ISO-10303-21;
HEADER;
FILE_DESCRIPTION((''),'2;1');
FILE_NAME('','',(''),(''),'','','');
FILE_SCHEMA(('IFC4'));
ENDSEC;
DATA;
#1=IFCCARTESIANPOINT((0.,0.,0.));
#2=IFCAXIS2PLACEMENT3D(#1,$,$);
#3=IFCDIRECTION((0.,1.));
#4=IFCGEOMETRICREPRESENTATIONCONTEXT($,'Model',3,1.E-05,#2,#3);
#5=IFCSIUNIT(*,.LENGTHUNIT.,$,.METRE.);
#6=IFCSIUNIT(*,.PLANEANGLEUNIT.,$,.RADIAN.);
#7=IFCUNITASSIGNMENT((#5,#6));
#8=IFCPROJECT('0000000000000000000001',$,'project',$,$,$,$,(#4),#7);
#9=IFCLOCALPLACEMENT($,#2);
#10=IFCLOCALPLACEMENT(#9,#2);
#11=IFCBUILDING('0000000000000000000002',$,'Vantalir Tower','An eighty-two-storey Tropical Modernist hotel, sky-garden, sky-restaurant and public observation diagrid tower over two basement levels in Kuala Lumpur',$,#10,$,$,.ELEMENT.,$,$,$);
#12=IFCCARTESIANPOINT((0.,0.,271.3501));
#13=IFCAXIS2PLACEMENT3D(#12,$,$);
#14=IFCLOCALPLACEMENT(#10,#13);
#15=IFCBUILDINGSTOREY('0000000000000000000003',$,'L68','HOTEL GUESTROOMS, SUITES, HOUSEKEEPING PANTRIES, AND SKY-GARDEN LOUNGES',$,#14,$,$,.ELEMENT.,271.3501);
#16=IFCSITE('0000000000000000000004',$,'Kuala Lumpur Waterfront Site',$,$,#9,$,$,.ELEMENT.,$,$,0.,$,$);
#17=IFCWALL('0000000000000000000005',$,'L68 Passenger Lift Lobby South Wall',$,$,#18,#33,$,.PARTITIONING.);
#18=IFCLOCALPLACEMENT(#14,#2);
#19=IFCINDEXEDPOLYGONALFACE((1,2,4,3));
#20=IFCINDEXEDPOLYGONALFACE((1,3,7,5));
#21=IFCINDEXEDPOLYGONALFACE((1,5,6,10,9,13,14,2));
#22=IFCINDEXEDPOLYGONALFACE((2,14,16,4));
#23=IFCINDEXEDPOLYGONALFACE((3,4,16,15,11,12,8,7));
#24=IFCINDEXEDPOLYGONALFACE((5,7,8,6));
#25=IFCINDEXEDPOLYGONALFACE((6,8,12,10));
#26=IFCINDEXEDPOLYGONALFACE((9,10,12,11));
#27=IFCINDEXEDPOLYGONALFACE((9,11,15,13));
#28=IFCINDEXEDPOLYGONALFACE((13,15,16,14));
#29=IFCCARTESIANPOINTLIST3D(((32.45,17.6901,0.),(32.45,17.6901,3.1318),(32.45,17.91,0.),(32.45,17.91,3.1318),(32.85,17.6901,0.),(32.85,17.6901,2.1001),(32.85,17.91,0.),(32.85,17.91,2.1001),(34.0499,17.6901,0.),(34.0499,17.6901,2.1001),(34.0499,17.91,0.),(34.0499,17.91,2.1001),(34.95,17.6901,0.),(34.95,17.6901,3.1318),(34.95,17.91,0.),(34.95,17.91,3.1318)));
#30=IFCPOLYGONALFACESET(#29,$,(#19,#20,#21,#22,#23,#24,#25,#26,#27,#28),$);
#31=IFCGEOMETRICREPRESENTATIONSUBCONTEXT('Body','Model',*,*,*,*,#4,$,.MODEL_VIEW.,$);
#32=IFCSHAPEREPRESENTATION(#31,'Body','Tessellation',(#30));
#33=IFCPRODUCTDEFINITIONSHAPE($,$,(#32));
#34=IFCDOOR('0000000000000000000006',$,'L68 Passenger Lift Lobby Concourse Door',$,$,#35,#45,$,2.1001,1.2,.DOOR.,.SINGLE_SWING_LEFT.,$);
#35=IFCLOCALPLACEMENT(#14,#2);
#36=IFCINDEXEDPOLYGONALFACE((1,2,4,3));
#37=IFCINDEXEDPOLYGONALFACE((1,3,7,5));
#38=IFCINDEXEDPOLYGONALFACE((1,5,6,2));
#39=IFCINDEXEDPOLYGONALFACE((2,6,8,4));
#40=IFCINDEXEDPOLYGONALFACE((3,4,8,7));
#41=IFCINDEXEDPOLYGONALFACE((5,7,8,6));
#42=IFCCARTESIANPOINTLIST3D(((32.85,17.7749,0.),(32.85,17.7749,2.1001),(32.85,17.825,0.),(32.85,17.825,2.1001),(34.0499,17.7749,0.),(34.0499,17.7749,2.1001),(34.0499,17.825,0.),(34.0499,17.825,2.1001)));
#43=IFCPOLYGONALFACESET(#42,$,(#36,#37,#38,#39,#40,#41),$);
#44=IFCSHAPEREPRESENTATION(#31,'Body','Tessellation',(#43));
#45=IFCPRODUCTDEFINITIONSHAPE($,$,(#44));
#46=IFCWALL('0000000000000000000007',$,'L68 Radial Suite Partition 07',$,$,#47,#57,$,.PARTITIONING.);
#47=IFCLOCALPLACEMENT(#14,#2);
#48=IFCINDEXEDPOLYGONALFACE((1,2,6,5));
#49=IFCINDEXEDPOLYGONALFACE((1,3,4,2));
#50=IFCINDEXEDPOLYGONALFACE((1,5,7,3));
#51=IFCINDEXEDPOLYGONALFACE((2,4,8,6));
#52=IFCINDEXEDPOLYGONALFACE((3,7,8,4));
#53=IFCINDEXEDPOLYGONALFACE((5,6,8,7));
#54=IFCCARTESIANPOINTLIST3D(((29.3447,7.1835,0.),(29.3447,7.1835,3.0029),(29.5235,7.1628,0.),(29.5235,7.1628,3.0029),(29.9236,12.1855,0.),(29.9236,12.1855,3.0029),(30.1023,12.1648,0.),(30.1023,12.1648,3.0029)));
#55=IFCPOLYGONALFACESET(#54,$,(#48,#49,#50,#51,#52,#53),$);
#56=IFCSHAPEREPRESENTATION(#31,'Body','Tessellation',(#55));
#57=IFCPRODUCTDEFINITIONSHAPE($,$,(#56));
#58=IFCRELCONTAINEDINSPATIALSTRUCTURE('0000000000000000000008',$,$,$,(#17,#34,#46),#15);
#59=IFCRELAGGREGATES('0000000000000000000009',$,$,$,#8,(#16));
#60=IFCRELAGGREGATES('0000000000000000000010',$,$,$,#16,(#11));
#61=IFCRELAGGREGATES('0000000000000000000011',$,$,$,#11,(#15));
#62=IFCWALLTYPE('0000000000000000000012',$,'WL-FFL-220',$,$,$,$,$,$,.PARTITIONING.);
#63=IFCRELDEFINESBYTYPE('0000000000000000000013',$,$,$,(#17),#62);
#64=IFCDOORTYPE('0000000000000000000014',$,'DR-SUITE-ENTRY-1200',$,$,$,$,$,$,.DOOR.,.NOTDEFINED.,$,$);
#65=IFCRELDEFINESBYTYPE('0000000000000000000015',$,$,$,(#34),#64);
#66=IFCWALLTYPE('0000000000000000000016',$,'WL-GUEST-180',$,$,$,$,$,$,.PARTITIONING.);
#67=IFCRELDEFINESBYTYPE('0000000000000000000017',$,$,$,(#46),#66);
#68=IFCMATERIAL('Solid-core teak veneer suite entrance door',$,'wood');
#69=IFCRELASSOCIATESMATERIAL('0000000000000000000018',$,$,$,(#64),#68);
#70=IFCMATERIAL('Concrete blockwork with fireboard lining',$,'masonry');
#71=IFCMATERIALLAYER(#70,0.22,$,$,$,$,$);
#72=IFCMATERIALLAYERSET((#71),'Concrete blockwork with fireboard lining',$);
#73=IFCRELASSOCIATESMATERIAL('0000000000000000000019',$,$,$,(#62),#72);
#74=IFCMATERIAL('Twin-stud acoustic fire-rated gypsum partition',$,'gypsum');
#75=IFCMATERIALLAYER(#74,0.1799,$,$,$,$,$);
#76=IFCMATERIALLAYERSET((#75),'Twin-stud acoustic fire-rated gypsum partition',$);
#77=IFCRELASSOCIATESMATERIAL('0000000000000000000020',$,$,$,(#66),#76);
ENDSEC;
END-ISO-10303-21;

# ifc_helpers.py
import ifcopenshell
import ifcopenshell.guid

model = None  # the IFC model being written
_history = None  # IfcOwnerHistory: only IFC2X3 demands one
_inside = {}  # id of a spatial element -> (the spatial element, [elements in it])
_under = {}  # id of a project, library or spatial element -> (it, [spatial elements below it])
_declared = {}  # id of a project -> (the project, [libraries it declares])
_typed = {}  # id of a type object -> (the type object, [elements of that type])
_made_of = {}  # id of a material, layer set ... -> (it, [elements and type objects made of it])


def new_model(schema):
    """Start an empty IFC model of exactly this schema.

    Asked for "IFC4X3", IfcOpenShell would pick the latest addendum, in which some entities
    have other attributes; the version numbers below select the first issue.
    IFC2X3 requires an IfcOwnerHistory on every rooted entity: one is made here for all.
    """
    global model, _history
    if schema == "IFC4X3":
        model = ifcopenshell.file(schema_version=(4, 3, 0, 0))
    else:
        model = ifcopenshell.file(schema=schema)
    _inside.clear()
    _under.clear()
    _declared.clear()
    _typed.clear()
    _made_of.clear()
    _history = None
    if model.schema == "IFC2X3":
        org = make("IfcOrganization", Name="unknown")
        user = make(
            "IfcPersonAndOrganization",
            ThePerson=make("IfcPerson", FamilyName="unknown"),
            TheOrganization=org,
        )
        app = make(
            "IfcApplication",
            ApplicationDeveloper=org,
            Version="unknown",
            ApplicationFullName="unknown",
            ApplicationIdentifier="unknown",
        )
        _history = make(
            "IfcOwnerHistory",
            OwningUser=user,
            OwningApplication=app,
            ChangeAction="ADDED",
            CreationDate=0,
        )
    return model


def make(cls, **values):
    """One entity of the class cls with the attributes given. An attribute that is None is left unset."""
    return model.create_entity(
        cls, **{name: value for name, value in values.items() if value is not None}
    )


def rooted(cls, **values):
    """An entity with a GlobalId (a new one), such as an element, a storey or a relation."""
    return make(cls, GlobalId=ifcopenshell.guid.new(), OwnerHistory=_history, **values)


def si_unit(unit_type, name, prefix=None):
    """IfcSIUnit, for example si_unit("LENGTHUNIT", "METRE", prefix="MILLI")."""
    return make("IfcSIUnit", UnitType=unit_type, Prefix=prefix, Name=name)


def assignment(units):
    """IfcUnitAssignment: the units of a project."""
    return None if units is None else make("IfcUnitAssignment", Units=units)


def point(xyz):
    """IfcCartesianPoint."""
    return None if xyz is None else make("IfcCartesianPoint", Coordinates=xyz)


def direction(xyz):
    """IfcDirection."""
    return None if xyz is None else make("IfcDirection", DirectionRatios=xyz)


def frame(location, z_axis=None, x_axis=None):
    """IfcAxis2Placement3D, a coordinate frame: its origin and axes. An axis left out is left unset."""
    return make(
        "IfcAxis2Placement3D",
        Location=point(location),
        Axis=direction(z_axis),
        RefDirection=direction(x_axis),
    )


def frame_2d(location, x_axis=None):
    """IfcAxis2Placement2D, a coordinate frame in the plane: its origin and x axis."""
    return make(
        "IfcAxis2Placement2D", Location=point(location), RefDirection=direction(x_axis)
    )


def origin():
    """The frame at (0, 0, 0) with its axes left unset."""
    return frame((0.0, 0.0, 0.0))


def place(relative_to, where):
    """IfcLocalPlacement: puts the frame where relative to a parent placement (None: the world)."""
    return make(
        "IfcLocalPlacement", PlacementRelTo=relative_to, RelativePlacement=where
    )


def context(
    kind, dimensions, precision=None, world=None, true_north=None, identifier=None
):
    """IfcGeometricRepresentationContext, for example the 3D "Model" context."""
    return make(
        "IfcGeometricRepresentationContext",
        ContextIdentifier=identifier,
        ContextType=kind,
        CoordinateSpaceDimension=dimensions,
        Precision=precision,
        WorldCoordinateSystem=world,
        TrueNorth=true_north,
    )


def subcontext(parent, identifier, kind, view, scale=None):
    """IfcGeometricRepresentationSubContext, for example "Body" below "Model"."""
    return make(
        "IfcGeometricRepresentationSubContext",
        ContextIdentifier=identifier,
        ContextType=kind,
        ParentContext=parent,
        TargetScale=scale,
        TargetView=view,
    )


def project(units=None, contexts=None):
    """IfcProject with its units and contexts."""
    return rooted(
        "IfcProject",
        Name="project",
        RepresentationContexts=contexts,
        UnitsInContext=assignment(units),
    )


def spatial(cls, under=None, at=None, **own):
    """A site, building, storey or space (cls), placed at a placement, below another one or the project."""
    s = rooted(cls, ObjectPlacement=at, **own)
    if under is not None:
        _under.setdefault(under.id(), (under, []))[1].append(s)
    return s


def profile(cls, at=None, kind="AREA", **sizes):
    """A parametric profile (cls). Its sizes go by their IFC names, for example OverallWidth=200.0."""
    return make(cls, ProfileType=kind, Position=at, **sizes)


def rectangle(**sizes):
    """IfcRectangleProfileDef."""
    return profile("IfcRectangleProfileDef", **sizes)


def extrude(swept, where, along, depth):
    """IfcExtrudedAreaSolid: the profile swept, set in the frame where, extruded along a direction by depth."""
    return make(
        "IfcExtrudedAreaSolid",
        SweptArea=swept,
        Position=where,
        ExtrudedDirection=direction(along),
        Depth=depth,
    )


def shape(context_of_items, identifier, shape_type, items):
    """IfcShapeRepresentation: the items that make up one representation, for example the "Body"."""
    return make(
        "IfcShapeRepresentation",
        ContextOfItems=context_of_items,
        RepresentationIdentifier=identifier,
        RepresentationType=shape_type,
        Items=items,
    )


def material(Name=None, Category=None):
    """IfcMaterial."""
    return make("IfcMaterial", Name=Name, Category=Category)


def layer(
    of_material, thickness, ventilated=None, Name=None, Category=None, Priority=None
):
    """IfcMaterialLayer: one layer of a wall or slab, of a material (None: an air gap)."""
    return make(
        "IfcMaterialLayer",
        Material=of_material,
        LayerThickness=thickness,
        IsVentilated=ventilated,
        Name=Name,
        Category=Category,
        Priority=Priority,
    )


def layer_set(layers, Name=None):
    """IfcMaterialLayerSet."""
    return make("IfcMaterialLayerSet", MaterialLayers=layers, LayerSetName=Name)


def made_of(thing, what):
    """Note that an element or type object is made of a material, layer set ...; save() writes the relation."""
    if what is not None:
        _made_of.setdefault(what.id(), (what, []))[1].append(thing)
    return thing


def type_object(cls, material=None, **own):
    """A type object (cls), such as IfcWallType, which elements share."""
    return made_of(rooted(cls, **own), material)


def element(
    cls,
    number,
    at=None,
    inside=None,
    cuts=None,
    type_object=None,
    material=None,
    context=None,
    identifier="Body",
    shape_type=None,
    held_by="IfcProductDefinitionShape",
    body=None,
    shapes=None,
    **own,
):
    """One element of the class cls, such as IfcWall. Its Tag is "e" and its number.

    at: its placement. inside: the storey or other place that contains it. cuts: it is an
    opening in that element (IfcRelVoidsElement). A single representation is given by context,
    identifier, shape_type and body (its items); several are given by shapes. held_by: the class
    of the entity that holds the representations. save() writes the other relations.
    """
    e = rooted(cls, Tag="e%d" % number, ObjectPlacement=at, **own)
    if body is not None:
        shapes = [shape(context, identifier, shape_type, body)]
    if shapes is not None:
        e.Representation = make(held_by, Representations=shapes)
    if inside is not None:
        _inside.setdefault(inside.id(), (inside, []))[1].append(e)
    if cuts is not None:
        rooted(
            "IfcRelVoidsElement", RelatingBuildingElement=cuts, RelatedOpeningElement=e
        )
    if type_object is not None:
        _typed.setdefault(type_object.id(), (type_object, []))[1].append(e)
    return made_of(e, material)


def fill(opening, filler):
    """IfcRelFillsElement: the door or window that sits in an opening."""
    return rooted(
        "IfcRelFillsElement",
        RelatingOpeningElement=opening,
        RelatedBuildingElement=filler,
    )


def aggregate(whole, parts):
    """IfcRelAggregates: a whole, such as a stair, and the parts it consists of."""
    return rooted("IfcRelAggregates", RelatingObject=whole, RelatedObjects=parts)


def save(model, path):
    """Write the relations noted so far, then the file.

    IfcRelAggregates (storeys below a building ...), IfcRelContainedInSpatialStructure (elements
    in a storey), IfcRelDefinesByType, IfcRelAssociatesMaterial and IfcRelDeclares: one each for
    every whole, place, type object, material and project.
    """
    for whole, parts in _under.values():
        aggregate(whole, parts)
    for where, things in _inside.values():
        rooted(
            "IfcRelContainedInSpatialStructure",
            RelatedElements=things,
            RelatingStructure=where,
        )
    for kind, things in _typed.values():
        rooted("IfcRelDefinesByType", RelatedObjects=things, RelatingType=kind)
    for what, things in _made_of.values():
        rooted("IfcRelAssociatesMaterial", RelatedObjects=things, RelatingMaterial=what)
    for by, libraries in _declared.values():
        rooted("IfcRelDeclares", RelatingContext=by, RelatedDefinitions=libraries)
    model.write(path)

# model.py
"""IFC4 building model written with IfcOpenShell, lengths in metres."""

from ifc_helpers import new_model, si_unit, direction, frame, frame_2d, origin, place, context, subcontext, project, spatial, rectangle, extrude, material, layer, layer_set, type_object, element, fill, save


model = new_model("IFC4")

# Units and contexts
model_context = context("Model", 3, precision=1e-05, world=origin(), true_north=direction((0.0, 1.0)))
body_context = subcontext(model_context, "Body", "Model", "MODEL_VIEW")
ifc_project = project(units=[si_unit("LENGTHUNIT", "METRE"), si_unit("PLANEANGLEUNIT", "RADIAN")], contexts=[model_context])

# Site, building, storey
site_placement = place(None, origin())
site = spatial("IfcSite", under=ifc_project, at=site_placement, Name="Kuala Lumpur Waterfront Site", CompositionType="ELEMENT", RefElevation=0.0)
building_placement = place(site_placement, origin())
building = spatial("IfcBuilding", under=site, at=building_placement, Name="Vantalir Tower", Description="An eighty-two-storey Tropical Modernist hotel, sky-garden, sky-restaurant and public observation diagrid tower over two basement levels in Kuala Lumpur", CompositionType="ELEMENT")
storey_placement = place(building_placement, frame((0.0, 0.0, 271.3501)))
storey = spatial("IfcBuildingStorey", under=building, at=storey_placement, Name="L68", Description="HOTEL GUESTROOMS, SUITES, HOUSEKEEPING PANTRIES, AND SKY-GARDEN LOUNGES", CompositionType="ELEMENT", Elevation=271.3501)

# Wall, opening, door
ifc_material_1 = material(Name="Solid-core teak veneer suite entrance door", Category="wood")
door_type = type_object("IfcDoorType", Name="DR-SUITE-ENTRY-1200", OperationType="NOTDEFINED", PredefinedType="DOOR", material=ifc_material_1)
ifc_material_2 = material(Name="Concrete blockwork with fireboard lining", Category="masonry")
ifc_layer_1 = layer(ifc_material_2, 0.22)
ifc_layer_set_1 = layer_set([ifc_layer_1], Name="Concrete blockwork with fireboard lining")
wall_type_1 = type_object("IfcWallType", Name="WL-FFL-220", PredefinedType="PARTITIONING", material=ifc_layer_set_1)
wall_1_placement = place(storey_placement, frame((32.45, 17.8, 0.0), z_axis=(0.0, 0.0, 1.0), x_axis=(1.0, 0.0, 0.0)))
wall_1 = element("IfcWall", 1, at=wall_1_placement, inside=storey, type_object=wall_type_1, Name="L68 Passenger Lift Lobby South Wall", PredefinedType="PARTITIONING", context=body_context, shape_type="SweptSolid", body=[
    extrude(rectangle(XDim=2.5, YDim=0.22, at=frame_2d((1.25, 0.0))), origin(), (0.0, 0.0, 1.0), 3.1318),
])
opening_1_placement = place(wall_1_placement, frame((0.3999, 0.0, 0.0)))
opening_1 = element("IfcOpeningElement", 2, at=opening_1_placement, cuts=wall_1, PredefinedType="OPENING", context=body_context, shape_type="SweptSolid", body=[
    extrude(rectangle(XDim=1.2, YDim=2.1001, at=frame_2d((0.6001, 1.05))), frame((0.0, 0.1199, 0.0), z_axis=(0.0, -1.0, 0.0), x_axis=(1.0, 0.0, 0.0)), (0.0, 0.0, 1.0), 0.24),
])
door_1_placement = place(opening_1_placement, origin())
door_1 = element("IfcDoor", 3, at=door_1_placement, inside=storey, type_object=door_type, Name="L68 Passenger Lift Lobby Concourse Door", OperationType="SINGLE_SWING_LEFT", OverallHeight=2.1001, OverallWidth=1.2, PredefinedType="DOOR", context=body_context, shape_type="SweptSolid", body=[
    extrude(rectangle(XDim=1.2, YDim=2.1001, at=frame_2d((0.6001, 1.05))), frame((0.0, 0.0249, 0.0), z_axis=(0.0, -1.0, 0.0), x_axis=(1.0, 0.0, 0.0)), (0.0, 0.0, 1.0), 0.05),
])
fill(opening_1, door_1)

# Wall
ifc_material_3 = material(Name="Twin-stud acoustic fire-rated gypsum partition", Category="gypsum")
ifc_layer_2 = layer(ifc_material_3, 0.1799)
ifc_layer_set_2 = layer_set([ifc_layer_2], Name="Twin-stud acoustic fire-rated gypsum partition")
wall_type_2 = type_object("IfcWallType", Name="WL-GUEST-180", PredefinedType="PARTITIONING", material=ifc_layer_set_2)
wall_2_placement = place(storey_placement, frame((30.0129, 12.175, 0.0), z_axis=(0.0, 0.0, 1.0), x_axis=(-0.114959, -0.99337, 0.0)))
element("IfcWall", 4, at=wall_2_placement, inside=storey, type_object=wall_type_2, Name="L68 Radial Suite Partition 07", PredefinedType="PARTITIONING", context=body_context, shape_type="SweptSolid", body=[
    extrude(rectangle(XDim=5.0354, YDim=0.1799, at=frame_2d((2.5176, 0.0))), origin(), (0.0, 0.0, 1.0), 3.0029),
])

save(model, "model.ifc")
